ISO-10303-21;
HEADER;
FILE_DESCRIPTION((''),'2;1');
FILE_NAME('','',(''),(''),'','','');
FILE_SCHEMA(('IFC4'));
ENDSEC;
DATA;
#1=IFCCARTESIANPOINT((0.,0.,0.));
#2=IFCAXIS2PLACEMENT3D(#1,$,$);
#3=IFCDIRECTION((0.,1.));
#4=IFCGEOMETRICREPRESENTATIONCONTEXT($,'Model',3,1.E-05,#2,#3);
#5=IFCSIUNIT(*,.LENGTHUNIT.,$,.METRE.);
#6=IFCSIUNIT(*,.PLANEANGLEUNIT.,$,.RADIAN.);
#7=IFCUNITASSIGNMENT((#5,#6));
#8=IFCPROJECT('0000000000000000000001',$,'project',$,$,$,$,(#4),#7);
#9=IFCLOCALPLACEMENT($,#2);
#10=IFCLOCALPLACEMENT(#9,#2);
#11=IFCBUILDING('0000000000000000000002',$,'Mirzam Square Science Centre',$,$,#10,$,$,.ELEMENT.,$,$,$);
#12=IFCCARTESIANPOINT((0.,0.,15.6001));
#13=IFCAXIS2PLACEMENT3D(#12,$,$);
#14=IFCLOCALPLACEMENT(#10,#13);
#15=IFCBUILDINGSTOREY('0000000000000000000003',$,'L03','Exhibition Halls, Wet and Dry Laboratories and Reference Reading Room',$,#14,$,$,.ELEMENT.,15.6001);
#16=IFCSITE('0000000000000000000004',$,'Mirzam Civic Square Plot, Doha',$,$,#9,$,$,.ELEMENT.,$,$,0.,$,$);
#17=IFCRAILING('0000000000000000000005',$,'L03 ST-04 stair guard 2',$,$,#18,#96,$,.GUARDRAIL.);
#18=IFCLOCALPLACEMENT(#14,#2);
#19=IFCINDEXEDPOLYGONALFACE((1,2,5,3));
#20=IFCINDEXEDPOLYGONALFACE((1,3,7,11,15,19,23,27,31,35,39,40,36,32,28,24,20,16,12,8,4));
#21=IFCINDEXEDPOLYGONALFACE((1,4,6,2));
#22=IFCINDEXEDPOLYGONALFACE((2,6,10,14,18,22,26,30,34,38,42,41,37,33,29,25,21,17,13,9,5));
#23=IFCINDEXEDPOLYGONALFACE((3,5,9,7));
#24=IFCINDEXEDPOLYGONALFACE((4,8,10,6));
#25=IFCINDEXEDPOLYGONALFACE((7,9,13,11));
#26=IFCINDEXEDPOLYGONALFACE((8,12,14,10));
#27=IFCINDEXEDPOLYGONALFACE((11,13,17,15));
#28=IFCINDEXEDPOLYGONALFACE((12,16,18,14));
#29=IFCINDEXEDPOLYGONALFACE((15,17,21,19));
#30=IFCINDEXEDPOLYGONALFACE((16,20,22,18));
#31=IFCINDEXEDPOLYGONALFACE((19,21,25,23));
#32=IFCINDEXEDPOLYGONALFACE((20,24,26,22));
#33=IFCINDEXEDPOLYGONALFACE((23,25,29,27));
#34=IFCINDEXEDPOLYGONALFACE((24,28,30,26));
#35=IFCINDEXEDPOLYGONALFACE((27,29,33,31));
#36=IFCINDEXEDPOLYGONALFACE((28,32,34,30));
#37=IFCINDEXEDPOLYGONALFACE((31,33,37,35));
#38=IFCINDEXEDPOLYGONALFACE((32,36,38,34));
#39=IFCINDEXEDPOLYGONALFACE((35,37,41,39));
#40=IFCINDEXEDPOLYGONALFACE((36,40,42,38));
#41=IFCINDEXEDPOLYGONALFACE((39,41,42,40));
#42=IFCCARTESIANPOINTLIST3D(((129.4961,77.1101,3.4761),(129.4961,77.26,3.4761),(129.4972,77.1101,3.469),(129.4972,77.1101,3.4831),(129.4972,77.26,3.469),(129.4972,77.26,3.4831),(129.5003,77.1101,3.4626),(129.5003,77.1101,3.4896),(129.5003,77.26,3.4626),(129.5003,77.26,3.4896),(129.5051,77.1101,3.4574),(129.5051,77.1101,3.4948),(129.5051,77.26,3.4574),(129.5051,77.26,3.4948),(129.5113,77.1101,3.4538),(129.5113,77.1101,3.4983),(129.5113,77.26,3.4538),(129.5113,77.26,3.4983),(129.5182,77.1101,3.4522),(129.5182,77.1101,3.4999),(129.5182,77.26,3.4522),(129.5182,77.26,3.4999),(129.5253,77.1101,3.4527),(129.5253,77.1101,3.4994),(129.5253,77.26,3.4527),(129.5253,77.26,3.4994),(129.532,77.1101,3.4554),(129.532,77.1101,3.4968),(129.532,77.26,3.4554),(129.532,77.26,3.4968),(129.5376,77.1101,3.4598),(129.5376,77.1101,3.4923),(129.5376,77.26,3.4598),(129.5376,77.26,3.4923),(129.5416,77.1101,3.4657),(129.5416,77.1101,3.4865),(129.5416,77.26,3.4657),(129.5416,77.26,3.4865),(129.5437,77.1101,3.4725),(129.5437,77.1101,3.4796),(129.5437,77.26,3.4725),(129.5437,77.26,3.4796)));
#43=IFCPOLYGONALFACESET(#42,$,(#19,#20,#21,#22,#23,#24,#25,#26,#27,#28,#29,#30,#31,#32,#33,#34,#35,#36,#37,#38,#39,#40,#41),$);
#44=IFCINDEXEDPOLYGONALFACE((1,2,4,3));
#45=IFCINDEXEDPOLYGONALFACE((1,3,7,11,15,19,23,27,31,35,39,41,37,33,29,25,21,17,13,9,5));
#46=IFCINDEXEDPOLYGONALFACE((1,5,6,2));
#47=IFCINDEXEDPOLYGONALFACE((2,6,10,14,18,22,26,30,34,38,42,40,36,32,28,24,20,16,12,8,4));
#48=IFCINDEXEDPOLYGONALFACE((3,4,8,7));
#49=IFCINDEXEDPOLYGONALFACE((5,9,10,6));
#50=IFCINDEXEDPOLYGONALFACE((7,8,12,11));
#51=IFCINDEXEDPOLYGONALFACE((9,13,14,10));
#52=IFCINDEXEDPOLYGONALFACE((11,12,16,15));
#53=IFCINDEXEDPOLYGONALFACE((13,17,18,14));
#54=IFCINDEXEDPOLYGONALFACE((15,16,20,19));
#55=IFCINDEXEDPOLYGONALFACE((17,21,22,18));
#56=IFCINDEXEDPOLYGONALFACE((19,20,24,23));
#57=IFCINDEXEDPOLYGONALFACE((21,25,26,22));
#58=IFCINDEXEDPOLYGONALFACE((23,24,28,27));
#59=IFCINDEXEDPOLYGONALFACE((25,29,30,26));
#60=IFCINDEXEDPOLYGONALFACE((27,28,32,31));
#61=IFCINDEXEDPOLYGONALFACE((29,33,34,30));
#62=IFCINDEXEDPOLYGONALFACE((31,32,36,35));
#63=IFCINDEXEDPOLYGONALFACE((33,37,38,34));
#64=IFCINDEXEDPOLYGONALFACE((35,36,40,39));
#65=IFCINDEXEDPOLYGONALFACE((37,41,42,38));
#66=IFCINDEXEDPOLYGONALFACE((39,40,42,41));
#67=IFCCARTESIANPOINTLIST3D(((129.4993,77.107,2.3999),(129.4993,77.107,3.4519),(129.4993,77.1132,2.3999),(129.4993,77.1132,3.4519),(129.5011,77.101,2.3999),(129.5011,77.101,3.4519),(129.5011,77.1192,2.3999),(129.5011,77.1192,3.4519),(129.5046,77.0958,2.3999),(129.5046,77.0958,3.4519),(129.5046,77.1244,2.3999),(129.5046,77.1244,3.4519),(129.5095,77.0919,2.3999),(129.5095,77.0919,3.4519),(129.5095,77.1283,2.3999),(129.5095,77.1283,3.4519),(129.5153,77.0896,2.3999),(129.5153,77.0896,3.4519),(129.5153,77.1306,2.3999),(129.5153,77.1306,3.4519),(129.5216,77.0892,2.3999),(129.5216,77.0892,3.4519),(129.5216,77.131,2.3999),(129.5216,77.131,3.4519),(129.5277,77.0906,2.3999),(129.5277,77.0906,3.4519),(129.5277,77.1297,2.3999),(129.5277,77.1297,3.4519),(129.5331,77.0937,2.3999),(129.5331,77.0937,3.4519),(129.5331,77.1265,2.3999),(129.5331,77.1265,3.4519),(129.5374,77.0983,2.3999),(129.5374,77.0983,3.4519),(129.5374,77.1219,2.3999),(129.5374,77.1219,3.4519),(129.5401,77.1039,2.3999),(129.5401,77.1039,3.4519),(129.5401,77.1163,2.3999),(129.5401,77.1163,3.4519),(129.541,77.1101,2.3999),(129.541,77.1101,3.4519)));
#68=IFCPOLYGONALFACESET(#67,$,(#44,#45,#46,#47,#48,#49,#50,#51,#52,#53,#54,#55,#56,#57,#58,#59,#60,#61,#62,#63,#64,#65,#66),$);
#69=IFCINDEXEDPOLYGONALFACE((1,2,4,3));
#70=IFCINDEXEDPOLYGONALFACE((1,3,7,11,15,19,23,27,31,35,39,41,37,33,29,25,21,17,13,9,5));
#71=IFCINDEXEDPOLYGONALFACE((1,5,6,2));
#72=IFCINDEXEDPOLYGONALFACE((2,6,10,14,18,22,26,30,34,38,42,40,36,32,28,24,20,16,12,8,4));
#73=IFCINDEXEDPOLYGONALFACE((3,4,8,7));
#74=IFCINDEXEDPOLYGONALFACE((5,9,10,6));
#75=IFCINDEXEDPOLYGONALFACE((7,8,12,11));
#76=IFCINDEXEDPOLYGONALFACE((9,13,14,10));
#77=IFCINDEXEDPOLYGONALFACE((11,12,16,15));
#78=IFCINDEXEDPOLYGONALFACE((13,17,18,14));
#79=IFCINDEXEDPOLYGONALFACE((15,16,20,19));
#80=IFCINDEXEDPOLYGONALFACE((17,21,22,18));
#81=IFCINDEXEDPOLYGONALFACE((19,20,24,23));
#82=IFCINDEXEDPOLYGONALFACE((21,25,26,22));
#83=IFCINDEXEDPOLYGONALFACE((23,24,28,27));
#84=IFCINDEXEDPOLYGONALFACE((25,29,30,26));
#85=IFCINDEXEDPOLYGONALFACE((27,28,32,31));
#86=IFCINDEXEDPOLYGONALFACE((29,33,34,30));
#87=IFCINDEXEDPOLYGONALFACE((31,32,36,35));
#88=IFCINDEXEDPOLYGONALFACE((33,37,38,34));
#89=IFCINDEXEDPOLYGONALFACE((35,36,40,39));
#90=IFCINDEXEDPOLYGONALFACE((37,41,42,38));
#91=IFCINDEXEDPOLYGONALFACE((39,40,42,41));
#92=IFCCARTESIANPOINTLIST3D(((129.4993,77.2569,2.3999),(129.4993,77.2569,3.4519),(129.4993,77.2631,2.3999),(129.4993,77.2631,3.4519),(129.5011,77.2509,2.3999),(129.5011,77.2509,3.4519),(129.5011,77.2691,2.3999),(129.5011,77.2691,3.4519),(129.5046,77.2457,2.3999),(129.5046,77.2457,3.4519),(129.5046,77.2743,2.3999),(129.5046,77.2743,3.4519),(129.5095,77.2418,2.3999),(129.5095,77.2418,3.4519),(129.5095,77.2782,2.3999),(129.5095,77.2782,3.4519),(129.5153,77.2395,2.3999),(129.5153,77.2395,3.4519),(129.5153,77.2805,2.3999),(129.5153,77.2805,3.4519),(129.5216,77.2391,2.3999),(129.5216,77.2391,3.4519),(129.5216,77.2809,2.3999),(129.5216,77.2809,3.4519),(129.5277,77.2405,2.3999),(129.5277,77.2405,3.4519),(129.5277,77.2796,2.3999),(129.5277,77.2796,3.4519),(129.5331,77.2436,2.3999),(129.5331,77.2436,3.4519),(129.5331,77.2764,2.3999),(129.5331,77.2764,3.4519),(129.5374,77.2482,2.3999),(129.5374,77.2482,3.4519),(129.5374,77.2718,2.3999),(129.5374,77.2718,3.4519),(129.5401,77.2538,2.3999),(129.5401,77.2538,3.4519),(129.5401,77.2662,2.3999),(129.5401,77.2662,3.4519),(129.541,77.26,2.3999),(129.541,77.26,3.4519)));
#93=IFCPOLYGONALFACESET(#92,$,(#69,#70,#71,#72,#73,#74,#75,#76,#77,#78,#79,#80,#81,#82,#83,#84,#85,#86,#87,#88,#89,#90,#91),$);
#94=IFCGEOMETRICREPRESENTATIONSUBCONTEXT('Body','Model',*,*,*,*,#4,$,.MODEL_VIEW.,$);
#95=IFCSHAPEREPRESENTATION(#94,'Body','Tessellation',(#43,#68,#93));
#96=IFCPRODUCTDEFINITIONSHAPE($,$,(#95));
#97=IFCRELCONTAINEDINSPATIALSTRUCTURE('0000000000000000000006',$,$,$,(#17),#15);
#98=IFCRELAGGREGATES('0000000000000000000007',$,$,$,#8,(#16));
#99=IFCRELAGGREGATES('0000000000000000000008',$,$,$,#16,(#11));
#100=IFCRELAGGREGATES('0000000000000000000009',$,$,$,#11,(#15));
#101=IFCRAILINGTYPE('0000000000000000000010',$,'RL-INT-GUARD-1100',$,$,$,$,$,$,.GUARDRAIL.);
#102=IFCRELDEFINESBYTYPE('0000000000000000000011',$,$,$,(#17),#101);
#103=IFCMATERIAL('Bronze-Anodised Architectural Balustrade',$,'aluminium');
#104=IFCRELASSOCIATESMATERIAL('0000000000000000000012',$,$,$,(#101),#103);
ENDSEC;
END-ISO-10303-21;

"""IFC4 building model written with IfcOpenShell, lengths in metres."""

from ifc_helpers import new_model, si_unit, direction, frame, origin, origin_2d, place, context, subcontext, project, spatial, circle, extrude, material, type_object, element, save


model = new_model("IFC4")

# Units and contexts
model_context = context("Model", 3, precision=1e-05, world=origin(), true_north=direction((0.0, 1.0)))
body_context = subcontext(model_context, "Body", "Model", "MODEL_VIEW")
ifc_project = project(units=[si_unit("LENGTHUNIT", "METRE"), si_unit("PLANEANGLEUNIT", "RADIAN")], contexts=[model_context])

# Site, building, storey
site_placement = place(None, origin())
site = spatial("IfcSite", under=ifc_project, at=site_placement, Name="Mirzam Civic Square Plot, Doha", CompositionType="ELEMENT", RefElevation=0.0)
building_placement = place(site_placement, origin())
building = spatial("IfcBuilding", under=site, at=building_placement, Name="Mirzam Square Science Centre", CompositionType="ELEMENT")
storey_placement = place(building_placement, frame((0.0, 0.0, 15.6001)))
storey = spatial("IfcBuildingStorey", under=building, at=storey_placement, Name="L03", Description="Exhibition Halls, Wet and Dry Laboratories and Reference Reading Room", CompositionType="ELEMENT", Elevation=15.6001)

# Railing
ifc_material_1 = material(Name="Bronze-Anodised Architectural Balustrade", Category="aluminium")
railing_type_1 = type_object("IfcRailingType", Name="RL-INT-GUARD-1100", PredefinedType="GUARDRAIL", material=ifc_material_1)
railing_1_placement = place(storey_placement, frame((129.52, 77.1101, 2.3999)))
element("IfcRailing", 1, at=railing_1_placement, inside=storey, type_object=railing_type_1, Name="L03 ST-04 stair guard 2", PredefinedType="GUARDRAIL", context=body_context, shape_type="SweptSolid", body=[
    extrude(circle(Radius=0.0239, at=origin_2d()), frame((0.0, 0.0, 1.0762), z_axis=(0.0, 1.0, 0.0), x_axis=(-1.0, 0.0, 0.0)), (0.0, 0.0, 1.0), 0.1499),
    extrude(circle(Radius=0.021, at=origin_2d()), origin(), (0.0, 0.0, 1.0), 1.052),
    extrude(circle(Radius=0.021, at=origin_2d()), frame((0.0, 0.1499, 0.0)), (0.0, 0.0, 1.0), 1.052),
])

save(model, "model.ifc")
